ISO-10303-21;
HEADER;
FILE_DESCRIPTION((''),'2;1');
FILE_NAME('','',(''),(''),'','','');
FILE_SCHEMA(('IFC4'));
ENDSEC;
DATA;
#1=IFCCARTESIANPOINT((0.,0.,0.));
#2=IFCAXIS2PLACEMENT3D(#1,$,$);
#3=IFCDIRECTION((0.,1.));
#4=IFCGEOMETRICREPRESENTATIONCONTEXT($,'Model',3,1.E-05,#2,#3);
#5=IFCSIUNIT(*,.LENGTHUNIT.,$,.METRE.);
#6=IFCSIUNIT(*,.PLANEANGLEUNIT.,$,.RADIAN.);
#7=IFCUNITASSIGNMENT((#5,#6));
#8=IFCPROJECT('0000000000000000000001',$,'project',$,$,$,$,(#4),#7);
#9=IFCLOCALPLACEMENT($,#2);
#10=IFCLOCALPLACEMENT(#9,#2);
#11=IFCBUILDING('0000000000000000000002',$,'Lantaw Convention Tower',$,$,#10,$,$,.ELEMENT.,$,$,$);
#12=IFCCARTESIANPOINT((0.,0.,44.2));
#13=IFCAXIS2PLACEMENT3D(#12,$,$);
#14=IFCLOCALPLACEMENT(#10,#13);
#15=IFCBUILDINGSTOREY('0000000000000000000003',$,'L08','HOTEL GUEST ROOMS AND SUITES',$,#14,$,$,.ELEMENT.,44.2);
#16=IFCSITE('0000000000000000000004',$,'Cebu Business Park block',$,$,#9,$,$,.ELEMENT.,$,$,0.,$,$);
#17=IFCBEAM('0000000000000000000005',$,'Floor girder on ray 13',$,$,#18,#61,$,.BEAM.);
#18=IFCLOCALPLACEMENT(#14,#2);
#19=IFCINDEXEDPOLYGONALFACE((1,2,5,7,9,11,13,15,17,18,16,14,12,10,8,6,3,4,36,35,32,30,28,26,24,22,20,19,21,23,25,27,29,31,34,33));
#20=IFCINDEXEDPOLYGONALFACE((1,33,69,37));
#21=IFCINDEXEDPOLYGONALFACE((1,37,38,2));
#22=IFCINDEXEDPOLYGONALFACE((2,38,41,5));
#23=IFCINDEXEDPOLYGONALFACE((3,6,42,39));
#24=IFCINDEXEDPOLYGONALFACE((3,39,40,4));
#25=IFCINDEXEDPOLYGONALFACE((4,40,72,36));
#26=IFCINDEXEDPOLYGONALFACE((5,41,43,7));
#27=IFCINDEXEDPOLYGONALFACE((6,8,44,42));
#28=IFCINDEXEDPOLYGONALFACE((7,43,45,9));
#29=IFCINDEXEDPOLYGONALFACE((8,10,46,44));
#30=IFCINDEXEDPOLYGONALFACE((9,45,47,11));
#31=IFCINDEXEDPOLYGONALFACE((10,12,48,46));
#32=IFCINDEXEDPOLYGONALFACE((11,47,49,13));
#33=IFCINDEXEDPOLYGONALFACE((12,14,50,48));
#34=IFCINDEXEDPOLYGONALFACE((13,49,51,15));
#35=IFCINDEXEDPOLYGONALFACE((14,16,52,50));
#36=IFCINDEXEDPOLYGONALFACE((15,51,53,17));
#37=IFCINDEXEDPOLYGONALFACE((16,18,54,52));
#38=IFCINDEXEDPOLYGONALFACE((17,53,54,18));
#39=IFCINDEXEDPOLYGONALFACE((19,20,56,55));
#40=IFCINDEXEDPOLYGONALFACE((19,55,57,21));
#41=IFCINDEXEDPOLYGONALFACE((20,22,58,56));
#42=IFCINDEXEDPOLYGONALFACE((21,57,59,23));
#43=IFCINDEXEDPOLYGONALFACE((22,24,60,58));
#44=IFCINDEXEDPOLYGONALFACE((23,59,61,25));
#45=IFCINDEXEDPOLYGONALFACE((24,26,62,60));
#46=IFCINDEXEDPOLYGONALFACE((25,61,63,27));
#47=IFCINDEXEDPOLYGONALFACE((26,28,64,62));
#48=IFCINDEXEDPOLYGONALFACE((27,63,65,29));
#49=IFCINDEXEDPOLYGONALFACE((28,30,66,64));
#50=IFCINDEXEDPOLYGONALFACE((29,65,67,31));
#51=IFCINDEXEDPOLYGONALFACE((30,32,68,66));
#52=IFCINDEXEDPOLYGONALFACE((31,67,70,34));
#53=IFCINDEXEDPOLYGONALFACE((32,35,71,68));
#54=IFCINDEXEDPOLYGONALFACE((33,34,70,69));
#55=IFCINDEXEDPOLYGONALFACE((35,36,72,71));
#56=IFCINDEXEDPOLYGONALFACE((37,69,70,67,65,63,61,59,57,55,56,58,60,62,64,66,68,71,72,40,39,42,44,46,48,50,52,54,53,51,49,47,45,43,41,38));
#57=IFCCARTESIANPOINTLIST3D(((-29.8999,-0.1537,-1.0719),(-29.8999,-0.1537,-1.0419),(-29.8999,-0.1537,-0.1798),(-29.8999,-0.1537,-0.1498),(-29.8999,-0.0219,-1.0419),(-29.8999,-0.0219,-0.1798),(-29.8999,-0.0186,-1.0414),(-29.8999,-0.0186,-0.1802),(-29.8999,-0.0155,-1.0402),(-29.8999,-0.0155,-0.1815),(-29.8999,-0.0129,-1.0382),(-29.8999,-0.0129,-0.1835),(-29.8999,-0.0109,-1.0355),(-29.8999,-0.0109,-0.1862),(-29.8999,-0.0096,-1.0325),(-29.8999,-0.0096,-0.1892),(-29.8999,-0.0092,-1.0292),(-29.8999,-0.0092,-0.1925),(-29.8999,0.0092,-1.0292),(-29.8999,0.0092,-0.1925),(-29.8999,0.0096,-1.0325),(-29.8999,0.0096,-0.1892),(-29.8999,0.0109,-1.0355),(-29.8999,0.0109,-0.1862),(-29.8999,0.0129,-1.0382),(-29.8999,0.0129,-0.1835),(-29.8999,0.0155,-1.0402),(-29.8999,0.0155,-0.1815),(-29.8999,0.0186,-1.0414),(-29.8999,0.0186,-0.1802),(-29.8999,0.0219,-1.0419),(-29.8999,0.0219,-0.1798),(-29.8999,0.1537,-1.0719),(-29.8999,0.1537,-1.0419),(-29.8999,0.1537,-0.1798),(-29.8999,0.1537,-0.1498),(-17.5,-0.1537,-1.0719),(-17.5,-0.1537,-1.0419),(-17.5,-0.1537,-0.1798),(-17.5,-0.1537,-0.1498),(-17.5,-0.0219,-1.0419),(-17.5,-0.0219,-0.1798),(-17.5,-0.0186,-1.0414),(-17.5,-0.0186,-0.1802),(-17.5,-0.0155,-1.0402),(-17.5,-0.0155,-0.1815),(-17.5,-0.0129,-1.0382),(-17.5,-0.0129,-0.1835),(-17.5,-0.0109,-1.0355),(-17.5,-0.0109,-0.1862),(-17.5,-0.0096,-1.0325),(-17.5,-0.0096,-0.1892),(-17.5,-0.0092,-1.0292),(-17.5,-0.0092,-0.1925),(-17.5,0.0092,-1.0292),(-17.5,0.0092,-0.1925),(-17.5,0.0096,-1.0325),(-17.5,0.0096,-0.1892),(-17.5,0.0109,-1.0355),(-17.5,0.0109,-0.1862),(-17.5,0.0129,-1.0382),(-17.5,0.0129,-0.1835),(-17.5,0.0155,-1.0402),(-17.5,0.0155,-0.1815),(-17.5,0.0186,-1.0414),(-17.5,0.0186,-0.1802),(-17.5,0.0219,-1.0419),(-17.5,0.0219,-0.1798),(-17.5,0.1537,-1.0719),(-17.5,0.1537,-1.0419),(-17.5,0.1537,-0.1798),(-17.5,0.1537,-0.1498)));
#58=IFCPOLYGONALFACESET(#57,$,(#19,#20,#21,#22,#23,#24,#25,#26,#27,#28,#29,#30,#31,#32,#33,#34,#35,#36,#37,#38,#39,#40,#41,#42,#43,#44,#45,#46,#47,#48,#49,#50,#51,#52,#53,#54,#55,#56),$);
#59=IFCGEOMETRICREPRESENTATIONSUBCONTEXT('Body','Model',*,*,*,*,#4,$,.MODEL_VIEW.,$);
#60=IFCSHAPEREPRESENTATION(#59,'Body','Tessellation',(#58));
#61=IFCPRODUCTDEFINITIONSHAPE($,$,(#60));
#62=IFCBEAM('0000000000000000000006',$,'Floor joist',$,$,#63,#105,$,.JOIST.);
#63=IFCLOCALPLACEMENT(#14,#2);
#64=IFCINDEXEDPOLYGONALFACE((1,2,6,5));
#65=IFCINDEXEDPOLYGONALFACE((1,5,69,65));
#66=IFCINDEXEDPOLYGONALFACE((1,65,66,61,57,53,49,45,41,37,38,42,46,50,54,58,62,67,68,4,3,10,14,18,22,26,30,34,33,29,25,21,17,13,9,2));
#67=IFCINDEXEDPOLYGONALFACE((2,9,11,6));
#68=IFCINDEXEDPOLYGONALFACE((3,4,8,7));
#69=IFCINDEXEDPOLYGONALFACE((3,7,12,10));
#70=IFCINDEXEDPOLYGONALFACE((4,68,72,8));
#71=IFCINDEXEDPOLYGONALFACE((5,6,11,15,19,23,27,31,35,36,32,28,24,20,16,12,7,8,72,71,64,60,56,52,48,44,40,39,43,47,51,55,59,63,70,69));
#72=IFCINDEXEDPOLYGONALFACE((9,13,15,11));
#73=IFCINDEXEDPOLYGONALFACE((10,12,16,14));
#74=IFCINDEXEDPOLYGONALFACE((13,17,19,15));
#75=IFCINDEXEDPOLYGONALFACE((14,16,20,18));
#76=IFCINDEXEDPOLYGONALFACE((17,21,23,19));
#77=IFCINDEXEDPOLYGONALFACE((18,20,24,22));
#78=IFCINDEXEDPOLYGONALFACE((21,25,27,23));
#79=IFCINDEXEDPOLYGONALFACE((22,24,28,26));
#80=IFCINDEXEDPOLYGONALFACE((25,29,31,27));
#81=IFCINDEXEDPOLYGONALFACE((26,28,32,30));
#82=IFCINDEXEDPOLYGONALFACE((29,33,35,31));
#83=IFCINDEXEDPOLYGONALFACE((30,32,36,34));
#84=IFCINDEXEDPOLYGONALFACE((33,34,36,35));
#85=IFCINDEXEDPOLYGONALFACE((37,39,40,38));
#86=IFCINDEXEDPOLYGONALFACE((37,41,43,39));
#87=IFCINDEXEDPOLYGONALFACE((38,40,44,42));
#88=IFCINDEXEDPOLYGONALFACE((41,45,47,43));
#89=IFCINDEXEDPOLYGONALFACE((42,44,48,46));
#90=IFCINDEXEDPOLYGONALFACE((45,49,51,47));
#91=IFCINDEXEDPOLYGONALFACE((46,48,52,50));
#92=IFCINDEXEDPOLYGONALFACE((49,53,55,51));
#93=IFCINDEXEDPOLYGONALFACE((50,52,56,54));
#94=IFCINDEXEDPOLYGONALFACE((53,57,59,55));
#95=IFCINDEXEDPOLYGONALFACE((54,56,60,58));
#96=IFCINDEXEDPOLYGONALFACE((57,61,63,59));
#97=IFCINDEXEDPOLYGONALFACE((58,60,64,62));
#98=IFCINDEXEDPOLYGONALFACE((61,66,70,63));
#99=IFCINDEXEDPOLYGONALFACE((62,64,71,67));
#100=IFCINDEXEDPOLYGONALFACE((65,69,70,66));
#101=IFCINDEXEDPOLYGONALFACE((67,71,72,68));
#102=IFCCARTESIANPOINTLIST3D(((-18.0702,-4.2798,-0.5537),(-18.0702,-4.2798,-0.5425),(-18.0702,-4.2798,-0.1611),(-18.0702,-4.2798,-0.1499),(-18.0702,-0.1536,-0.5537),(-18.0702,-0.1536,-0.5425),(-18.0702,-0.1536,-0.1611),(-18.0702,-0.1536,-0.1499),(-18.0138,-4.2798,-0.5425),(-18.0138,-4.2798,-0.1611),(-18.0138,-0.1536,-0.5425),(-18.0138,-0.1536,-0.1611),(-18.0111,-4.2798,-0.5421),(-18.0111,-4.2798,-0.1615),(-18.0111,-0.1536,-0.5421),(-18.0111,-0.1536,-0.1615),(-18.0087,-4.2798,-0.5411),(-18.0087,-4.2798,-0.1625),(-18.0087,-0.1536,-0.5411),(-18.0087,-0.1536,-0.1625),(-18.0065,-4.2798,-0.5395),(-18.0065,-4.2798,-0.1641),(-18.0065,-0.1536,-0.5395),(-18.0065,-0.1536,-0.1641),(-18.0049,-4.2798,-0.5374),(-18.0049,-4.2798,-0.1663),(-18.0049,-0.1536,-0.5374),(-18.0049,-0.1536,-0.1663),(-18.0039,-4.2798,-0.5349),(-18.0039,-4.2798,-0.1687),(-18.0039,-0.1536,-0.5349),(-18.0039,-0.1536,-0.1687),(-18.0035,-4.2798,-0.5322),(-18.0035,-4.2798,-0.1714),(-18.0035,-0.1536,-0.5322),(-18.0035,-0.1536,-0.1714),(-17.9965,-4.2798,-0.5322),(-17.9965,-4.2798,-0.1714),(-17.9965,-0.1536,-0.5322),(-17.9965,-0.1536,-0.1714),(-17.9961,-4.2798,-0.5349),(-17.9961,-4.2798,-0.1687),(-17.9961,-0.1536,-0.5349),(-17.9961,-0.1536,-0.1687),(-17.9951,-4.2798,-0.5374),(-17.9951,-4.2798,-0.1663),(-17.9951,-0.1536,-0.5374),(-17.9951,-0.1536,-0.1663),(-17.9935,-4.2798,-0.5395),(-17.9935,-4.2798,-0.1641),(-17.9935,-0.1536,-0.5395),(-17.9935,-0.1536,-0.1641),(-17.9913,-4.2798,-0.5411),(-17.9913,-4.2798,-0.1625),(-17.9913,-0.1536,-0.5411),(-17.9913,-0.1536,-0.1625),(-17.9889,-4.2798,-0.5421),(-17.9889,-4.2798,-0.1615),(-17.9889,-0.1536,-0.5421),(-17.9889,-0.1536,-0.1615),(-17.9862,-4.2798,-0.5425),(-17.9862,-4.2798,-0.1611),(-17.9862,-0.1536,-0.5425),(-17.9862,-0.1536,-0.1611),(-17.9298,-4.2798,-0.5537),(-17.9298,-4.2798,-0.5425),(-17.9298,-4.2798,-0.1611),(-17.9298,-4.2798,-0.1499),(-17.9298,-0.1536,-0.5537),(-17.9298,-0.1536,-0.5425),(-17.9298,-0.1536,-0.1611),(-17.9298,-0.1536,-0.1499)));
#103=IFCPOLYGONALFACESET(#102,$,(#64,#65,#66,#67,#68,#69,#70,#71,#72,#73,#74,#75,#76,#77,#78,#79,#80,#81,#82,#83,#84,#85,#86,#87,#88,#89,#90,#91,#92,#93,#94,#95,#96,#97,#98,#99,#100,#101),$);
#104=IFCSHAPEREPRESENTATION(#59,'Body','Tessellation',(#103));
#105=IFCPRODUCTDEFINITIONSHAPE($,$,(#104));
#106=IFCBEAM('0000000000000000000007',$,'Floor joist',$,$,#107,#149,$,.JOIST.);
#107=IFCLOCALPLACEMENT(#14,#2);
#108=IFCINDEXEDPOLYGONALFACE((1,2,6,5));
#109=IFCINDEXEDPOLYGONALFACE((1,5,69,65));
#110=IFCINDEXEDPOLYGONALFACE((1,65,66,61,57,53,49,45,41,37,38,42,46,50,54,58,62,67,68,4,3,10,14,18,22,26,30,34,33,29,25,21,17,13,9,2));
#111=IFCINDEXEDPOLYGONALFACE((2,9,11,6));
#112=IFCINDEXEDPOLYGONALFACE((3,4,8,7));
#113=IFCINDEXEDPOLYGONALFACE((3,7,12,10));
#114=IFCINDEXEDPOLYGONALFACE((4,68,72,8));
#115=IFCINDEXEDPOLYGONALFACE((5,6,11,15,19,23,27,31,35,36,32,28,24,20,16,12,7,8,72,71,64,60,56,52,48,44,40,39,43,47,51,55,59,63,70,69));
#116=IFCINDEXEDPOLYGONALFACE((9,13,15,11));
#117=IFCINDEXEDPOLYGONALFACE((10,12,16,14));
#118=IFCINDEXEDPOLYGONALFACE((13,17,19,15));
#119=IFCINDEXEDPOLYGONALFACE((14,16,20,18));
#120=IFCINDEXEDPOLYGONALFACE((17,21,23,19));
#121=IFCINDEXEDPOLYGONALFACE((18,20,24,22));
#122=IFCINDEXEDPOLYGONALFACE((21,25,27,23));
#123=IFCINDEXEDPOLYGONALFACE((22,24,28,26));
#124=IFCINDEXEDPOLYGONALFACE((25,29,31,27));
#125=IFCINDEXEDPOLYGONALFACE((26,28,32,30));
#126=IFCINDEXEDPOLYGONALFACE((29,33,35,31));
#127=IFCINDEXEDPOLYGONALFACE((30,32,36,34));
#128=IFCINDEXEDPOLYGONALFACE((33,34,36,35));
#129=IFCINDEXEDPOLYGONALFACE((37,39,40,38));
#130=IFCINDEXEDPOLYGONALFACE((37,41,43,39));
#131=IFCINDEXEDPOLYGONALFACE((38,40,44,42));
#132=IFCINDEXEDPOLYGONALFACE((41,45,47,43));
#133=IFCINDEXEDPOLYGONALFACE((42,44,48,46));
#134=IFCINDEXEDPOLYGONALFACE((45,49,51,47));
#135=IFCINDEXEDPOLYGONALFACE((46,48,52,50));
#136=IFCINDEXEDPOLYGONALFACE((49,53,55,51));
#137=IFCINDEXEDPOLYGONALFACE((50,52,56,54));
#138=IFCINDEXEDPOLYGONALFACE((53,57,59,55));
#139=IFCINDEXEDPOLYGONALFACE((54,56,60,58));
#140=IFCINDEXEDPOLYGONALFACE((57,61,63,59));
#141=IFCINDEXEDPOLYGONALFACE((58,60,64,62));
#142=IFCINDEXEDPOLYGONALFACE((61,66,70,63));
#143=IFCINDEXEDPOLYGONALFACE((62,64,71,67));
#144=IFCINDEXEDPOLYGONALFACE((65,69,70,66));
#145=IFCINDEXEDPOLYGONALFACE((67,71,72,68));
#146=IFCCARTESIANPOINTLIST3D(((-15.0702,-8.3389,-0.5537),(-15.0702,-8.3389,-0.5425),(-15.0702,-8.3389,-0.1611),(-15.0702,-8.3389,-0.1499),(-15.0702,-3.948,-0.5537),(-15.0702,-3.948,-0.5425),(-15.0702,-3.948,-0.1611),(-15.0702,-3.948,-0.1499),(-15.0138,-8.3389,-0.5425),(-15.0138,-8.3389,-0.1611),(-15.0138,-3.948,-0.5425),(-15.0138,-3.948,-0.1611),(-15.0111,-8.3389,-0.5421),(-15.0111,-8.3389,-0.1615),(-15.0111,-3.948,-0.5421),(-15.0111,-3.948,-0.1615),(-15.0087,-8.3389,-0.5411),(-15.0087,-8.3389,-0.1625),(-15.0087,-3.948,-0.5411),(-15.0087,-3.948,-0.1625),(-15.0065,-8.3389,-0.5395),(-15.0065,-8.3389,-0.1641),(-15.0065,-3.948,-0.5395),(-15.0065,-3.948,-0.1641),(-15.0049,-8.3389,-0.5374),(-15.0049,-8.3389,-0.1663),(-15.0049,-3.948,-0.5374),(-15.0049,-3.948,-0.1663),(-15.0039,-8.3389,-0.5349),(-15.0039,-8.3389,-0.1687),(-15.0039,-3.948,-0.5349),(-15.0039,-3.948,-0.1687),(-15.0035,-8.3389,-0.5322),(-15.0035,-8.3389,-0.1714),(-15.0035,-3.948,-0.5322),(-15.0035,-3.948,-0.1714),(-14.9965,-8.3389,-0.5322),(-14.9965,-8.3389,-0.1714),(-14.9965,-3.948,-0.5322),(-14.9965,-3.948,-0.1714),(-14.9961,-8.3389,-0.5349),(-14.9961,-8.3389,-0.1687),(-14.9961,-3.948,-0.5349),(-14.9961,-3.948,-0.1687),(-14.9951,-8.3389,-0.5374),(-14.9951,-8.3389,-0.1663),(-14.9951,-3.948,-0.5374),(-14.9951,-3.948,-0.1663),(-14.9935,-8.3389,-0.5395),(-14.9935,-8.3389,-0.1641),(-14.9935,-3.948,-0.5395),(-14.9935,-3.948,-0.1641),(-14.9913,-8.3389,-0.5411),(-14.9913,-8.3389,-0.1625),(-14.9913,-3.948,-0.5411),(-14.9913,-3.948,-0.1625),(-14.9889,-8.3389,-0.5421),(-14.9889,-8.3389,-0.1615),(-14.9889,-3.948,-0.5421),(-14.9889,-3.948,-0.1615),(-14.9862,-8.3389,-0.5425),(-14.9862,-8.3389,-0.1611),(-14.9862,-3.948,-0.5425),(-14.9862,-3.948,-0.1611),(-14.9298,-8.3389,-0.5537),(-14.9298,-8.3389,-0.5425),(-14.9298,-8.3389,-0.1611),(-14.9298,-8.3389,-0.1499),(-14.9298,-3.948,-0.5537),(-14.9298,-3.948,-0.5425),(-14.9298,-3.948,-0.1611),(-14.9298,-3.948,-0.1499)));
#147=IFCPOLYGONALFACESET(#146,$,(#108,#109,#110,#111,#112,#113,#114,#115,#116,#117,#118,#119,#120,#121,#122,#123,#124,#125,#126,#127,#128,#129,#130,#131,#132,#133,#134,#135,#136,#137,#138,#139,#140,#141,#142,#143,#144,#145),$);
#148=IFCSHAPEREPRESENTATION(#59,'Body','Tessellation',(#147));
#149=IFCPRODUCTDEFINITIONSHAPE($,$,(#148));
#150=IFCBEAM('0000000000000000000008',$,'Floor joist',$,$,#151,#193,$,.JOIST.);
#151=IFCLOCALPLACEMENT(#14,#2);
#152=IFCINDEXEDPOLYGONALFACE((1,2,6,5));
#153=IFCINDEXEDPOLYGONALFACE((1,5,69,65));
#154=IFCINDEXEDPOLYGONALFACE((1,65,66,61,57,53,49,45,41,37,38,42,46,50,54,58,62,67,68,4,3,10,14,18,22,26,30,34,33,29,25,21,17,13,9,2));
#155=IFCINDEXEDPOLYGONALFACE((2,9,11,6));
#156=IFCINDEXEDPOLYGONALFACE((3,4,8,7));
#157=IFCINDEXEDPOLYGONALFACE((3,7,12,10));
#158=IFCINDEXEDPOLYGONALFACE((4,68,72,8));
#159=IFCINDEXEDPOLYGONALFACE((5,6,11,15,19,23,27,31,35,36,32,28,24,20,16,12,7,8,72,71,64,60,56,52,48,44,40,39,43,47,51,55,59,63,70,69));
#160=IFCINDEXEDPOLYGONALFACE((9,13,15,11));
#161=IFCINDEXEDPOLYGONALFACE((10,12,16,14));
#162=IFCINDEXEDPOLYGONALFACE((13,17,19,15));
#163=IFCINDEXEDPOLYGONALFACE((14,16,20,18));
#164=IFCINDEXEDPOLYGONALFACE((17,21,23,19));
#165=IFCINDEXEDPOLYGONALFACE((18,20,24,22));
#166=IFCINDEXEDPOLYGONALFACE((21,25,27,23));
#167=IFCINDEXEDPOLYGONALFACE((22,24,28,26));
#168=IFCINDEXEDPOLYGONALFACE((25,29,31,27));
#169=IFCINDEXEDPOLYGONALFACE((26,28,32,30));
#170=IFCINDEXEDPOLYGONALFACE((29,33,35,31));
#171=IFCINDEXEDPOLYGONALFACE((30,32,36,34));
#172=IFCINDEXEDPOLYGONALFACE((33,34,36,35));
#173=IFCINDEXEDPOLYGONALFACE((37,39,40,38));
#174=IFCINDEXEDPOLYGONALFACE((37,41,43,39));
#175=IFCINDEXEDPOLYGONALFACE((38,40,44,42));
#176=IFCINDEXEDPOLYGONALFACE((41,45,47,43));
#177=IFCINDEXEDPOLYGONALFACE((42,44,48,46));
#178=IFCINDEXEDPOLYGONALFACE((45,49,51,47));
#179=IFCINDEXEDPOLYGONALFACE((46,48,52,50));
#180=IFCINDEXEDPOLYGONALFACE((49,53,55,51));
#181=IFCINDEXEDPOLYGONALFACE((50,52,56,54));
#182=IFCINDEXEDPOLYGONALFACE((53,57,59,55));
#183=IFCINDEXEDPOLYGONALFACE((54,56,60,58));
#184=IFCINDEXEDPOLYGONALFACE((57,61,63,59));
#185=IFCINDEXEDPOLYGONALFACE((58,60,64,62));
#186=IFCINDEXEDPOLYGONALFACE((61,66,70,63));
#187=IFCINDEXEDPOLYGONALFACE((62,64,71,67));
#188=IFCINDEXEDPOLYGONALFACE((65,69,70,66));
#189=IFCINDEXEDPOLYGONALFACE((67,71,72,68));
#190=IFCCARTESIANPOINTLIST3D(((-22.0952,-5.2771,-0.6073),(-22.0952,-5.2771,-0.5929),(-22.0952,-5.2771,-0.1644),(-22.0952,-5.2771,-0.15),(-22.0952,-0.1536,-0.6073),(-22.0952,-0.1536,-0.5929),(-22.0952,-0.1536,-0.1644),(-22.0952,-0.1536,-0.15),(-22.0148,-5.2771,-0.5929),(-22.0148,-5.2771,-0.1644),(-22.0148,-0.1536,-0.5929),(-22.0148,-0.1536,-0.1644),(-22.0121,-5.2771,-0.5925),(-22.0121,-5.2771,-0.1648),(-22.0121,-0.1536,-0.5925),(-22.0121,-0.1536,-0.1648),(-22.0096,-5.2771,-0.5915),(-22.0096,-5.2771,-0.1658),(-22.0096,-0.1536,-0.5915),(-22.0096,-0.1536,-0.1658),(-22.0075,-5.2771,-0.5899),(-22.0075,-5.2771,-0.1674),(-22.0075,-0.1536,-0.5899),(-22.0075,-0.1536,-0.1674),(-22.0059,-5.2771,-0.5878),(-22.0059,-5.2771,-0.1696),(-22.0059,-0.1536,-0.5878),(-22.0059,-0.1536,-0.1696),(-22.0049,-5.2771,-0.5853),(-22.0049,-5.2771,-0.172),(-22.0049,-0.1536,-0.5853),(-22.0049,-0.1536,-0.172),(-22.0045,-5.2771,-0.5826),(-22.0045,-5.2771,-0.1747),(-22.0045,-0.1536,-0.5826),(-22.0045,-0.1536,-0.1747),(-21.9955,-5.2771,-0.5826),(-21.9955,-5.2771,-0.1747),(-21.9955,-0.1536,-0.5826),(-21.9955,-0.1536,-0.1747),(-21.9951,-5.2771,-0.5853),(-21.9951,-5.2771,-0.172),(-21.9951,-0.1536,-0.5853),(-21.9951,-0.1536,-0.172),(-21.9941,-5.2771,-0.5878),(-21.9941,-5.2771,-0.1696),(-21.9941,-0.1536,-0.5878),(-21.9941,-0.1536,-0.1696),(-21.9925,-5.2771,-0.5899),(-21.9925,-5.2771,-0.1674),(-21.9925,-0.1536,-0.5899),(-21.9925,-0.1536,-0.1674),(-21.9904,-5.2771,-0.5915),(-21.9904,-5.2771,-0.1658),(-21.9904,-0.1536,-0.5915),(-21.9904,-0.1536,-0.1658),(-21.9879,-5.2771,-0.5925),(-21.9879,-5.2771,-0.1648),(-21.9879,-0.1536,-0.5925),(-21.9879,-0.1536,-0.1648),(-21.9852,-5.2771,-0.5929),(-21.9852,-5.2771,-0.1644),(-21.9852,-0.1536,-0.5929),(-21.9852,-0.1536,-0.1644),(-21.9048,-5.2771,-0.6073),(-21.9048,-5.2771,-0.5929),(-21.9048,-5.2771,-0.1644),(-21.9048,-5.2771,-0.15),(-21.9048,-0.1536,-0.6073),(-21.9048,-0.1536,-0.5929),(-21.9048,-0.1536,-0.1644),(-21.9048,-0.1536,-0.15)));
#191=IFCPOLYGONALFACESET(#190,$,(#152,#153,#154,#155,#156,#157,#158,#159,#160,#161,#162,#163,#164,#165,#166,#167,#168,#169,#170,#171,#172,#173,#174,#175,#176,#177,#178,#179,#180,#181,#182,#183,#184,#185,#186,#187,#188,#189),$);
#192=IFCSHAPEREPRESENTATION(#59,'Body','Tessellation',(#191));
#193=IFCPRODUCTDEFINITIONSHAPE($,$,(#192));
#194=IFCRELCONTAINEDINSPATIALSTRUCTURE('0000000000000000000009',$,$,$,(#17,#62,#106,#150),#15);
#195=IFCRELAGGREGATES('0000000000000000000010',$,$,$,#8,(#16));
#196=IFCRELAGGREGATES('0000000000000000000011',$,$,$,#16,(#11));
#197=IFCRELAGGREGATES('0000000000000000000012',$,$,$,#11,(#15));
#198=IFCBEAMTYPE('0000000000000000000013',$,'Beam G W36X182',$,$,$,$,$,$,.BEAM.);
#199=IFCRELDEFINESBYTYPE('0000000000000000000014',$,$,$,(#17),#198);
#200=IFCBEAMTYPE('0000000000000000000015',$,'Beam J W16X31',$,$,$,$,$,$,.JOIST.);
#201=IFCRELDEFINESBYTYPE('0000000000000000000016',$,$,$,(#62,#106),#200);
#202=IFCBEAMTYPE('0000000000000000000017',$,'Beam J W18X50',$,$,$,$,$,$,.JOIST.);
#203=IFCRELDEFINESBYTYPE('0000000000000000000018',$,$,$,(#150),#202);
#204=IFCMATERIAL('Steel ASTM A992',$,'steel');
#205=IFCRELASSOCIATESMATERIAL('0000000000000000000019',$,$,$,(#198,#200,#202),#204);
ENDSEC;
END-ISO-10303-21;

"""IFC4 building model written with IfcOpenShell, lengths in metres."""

from ifc_helpers import new_model, si_unit, direction, frame, origin, origin_2d, place, context, subcontext, project, spatial, i_section, extrude, material, material_profile, profile_set, type_object, element, save


model = new_model("IFC4")

# Units and contexts
model_context = context("Model", 3, precision=1e-05, world=origin(), true_north=direction((0.0, 1.0)))
body_context = subcontext(model_context, "Body", "Model", "MODEL_VIEW")
ifc_project = project(units=[si_unit("LENGTHUNIT", "METRE"), si_unit("PLANEANGLEUNIT", "RADIAN")], contexts=[model_context])

# Site, building, storey
site_placement = place(None, origin())
site = spatial("IfcSite", under=ifc_project, at=site_placement, Name="Cebu Business Park block", CompositionType="ELEMENT", RefElevation=0.0)
building_placement = place(site_placement, origin())
building = spatial("IfcBuilding", under=site, at=building_placement, Name="Lantaw Convention Tower", CompositionType="ELEMENT")
storey_placement = place(building_placement, frame((0.0, 0.0, 44.2)))
storey = spatial("IfcBuildingStorey", under=building, at=storey_placement, Name="L08", Description="HOTEL GUEST ROOMS AND SUITES", CompositionType="ELEMENT", Elevation=44.2)

# Beams
ifc_material_1 = material(Name="Steel ASTM A992", Category="steel")
ifc_material_profile_1 = material_profile(ifc_material_1, i_section(OverallWidth=0.3074, OverallDepth=0.9221, WebThickness=0.0183, FlangeThickness=0.03, FilletRadius=0.0127, at=origin_2d()), Name="W36X182")
ifc_profile_set_1 = profile_set([ifc_material_profile_1], Name="Steel ASTM A992")
beam_type_1 = type_object("IfcBeamType", Name="Beam G W36X182", PredefinedType="BEAM", material=ifc_profile_set_1)
beam_1_placement = place(storey_placement, frame((-17.5, 0.0, -0.6108), z_axis=(-1.0, 0.0, 0.0), x_axis=(0.0, -1.0, 0.0)))
element("IfcBeam", 1, at=beam_1_placement, inside=storey, type_object=beam_type_1, Name="Floor girder on ray 13", PredefinedType="BEAM", context=body_context, shape_type="SweptSolid", body=[
    extrude(i_section(OverallWidth=0.3074, OverallDepth=0.9221, WebThickness=0.0183, FlangeThickness=0.03, FilletRadius=0.0127, at=origin_2d()), origin(), (0.0, 0.0, 1.0), 12.3999),
])
ifc_material_profile_2 = material_profile(ifc_material_1, i_section(OverallWidth=0.1404, OverallDepth=0.4038, WebThickness=0.0071, FlangeThickness=0.0112, FilletRadius=0.0103, at=origin_2d()), Name="W16X31")
ifc_profile_set_2 = profile_set([ifc_material_profile_2], Name="Steel ASTM A992")
beam_type_2 = type_object("IfcBeamType", Name="Beam J W16X31", PredefinedType="JOIST", material=ifc_profile_set_2)
beam_2_placement = place(storey_placement, frame((-18.0, -4.2798, -0.3518), z_axis=(0.0, 1.0, 0.0), x_axis=(-1.0, 0.0, 0.0)))
element("IfcBeam", 2, at=beam_2_placement, inside=storey, type_object=beam_type_2, Name="Floor joist", PredefinedType="JOIST", context=body_context, shape_type="SweptSolid", body=[
    extrude(i_section(OverallWidth=0.1404, OverallDepth=0.4038, WebThickness=0.0071, FlangeThickness=0.0112, FilletRadius=0.0103, at=origin_2d()), origin(), (0.0, 0.0, 1.0), 4.1262),
])
beam_3_placement = place(storey_placement, frame((-15.0, -8.3389, -0.3518), z_axis=(0.0, 1.0, 0.0), x_axis=(-1.0, 0.0, 0.0)))
element("IfcBeam", 3, at=beam_3_placement, inside=storey, type_object=beam_type_2, Name="Floor joist", PredefinedType="JOIST", context=body_context, shape_type="SweptSolid", body=[
    extrude(i_section(OverallWidth=0.1404, OverallDepth=0.4038, WebThickness=0.0071, FlangeThickness=0.0112, FilletRadius=0.0103, at=origin_2d()), origin(), (0.0, 0.0, 1.0), 4.3909),
])
ifc_material_profile_3 = material_profile(ifc_material_1, i_section(OverallWidth=0.1904, OverallDepth=0.4573, WebThickness=0.009, FlangeThickness=0.0144, FilletRadius=0.0103, at=origin_2d()), Name="W18X50")
ifc_profile_set_3 = profile_set([ifc_material_profile_3], Name="Steel ASTM A992")
beam_type_3 = type_object("IfcBeamType", Name="Beam J W18X50", PredefinedType="JOIST", material=ifc_profile_set_3)
beam_4_placement = place(storey_placement, frame((-22.0, -5.2771, -0.3787), z_axis=(0.0, 1.0, 0.0), x_axis=(-1.0, 0.0, 0.0)))
element("IfcBeam", 4, at=beam_4_placement, inside=storey, type_object=beam_type_3, Name="Floor joist", PredefinedType="JOIST", context=body_context, shape_type="SweptSolid", body=[
    extrude(i_section(OverallWidth=0.1904, OverallDepth=0.4573, WebThickness=0.009, FlangeThickness=0.0144, FilletRadius=0.0103, at=origin_2d()), origin(), (0.0, 0.0, 1.0), 5.1235),
])

save(model, "model.ifc")
